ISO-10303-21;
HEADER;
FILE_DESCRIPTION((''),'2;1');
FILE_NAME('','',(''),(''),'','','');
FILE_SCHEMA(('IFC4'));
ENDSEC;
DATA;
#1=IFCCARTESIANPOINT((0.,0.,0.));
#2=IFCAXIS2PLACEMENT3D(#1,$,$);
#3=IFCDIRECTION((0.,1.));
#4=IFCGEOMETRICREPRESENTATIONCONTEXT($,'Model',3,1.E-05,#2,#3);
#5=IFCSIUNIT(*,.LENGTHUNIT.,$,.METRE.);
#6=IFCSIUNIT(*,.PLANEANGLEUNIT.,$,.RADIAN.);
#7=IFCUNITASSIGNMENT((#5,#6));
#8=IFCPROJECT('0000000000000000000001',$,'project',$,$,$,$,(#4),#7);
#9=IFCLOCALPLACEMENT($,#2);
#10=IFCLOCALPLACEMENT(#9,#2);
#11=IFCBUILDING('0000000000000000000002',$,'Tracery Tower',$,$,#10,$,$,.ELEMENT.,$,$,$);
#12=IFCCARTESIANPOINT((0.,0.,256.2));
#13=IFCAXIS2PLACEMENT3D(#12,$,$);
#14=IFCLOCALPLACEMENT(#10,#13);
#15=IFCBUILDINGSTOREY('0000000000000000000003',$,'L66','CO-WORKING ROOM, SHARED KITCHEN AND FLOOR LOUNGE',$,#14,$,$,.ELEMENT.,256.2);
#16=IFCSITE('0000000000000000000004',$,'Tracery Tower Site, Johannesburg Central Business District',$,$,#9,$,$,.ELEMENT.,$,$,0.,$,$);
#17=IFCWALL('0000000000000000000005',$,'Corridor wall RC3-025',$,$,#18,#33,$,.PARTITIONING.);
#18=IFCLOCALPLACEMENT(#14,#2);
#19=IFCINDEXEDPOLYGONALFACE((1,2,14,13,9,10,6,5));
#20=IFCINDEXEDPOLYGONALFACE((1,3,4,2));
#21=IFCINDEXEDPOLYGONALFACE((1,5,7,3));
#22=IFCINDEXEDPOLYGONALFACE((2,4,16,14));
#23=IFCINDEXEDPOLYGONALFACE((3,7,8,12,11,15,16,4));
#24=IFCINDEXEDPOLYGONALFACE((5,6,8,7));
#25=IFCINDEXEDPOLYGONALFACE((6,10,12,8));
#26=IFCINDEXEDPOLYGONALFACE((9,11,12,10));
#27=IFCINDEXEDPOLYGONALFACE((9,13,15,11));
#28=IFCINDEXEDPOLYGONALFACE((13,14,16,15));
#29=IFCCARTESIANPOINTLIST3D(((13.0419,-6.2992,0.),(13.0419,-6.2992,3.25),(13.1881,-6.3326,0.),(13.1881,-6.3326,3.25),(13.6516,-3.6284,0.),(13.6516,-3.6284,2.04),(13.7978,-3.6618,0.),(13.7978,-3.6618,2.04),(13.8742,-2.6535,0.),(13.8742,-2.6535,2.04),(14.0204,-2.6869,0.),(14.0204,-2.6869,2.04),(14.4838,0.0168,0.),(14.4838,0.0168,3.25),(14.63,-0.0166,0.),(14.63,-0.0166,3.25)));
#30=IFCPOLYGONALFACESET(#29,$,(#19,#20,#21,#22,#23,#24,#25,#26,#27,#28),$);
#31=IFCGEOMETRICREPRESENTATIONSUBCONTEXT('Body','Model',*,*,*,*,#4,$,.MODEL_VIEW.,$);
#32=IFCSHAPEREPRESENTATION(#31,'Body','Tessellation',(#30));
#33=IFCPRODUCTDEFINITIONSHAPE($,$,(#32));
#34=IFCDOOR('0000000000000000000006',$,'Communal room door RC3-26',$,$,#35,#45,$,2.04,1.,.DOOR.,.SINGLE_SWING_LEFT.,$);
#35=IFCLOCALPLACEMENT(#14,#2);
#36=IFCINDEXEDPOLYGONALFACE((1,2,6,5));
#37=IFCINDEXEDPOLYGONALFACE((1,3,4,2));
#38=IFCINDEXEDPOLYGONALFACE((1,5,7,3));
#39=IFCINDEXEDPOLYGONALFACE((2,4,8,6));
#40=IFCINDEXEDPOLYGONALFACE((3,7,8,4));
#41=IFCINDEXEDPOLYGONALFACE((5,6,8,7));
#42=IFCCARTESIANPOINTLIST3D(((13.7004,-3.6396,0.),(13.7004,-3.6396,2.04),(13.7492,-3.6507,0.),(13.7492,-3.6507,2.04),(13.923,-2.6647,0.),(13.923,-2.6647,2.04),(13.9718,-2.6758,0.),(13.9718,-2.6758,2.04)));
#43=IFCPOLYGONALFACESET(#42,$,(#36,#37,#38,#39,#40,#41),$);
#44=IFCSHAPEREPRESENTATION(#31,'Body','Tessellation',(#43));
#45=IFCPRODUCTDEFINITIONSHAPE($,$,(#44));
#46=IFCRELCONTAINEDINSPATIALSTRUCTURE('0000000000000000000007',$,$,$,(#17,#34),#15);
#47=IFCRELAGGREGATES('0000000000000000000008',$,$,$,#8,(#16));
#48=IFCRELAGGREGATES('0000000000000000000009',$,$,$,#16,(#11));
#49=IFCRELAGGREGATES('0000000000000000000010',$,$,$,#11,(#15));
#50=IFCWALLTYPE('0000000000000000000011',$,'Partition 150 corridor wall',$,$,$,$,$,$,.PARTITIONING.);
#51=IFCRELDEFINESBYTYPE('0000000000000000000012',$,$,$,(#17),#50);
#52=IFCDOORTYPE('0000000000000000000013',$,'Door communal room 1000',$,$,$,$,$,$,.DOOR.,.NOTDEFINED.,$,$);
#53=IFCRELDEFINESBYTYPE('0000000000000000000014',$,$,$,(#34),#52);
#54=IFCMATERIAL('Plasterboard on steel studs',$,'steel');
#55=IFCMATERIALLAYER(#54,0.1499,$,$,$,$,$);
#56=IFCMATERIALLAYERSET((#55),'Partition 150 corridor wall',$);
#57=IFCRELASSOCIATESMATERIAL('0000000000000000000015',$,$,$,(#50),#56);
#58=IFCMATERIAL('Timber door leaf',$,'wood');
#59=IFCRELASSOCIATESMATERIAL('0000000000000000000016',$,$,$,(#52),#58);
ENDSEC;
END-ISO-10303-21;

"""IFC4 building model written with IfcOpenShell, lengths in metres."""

from ifc_helpers import new_model, si_unit, direction, frame, frame_2d, origin, place, context, subcontext, project, spatial, rectangle, extrude, material, layer, layer_set, type_object, element, fill, save


model = new_model("IFC4")

# Units and contexts
model_context = context("Model", 3, precision=1e-05, world=origin(), true_north=direction((0.0, 1.0)))
body_context = subcontext(model_context, "Body", "Model", "MODEL_VIEW")
ifc_project = project(units=[si_unit("LENGTHUNIT", "METRE"), si_unit("PLANEANGLEUNIT", "RADIAN")], contexts=[model_context])

# Site, building, storey
site_placement = place(None, origin())
site = spatial("IfcSite", under=ifc_project, at=site_placement, Name="Tracery Tower Site, Johannesburg Central Business District", CompositionType="ELEMENT", RefElevation=0.0)
building_placement = place(site_placement, origin())
building = spatial("IfcBuilding", under=site, at=building_placement, Name="Tracery Tower", CompositionType="ELEMENT")
storey_placement = place(building_placement, frame((0.0, 0.0, 256.2)))
storey = spatial("IfcBuildingStorey", under=building, at=storey_placement, Name="L66", Description="CO-WORKING ROOM, SHARED KITCHEN AND FLOOR LOUNGE", CompositionType="ELEMENT", Elevation=256.2)

# Shared definitions
ifc_material_1 = material(Name="Plasterboard on steel studs", Category="steel")
ifc_layer_1 = layer(ifc_material_1, 0.1499)
ifc_layer_set_1 = layer_set([ifc_layer_1], Name="Partition 150 corridor wall")
wall_type_1 = type_object("IfcWallType", Name="Partition 150 corridor wall", PredefinedType="PARTITIONING", material=ifc_layer_set_1)

# Wall, opening, door
wall_1_placement = place(storey_placement, frame((13.115, -6.3159, 0.0), z_axis=(0.0, 0.0, 1.0), x_axis=(0.222569, 0.974917, 0.0)))
wall_1 = element("IfcWall", 1, at=wall_1_placement, inside=storey, type_object=wall_type_1, Name="Corridor wall RC3-025", PredefinedType="PARTITIONING", context=body_context, shape_type="SweptSolid", body=[
    extrude(rectangle(XDim=6.4785, YDim=0.1499, at=frame_2d((3.2393, 0.0))), origin(), (0.0, 0.0, 1.0), 3.25),
])
opening_1_placement = place(wall_1_placement, frame((2.7395, 0.0, 0.0)))
opening_1 = element("IfcOpeningElement", 2, at=opening_1_placement, cuts=wall_1, PredefinedType="OPENING", context=body_context, shape_type="SweptSolid", body=[
    extrude(rectangle(XDim=1.0, YDim=2.04, at=frame_2d((0.5, 1.02))), frame((0.0, 0.075, 0.0), z_axis=(0.0, -1.0, 0.0), x_axis=(1.0, 0.0, 0.0)), (0.0, 0.0, 1.0), 0.1499),
])
ifc_material_2 = material(Name="Timber door leaf", Category="wood")
door_type_1 = type_object("IfcDoorType", Name="Door communal room 1000", OperationType="NOTDEFINED", PredefinedType="DOOR", material=ifc_material_2)
door_1_placement = place(opening_1_placement, origin())
door_1 = element("IfcDoor", 3, at=door_1_placement, inside=storey, type_object=door_type_1, Name="Communal room door RC3-26", OperationType="SINGLE_SWING_LEFT", OverallHeight=2.04, OverallWidth=1.0, PredefinedType="DOOR", context=body_context, shape_type="SweptSolid", body=[
    extrude(rectangle(XDim=1.0, YDim=2.04, at=frame_2d((0.5, 1.02))), frame((0.0, 0.0249, 0.0), z_axis=(0.0, -1.0, 0.0), x_axis=(1.0, 0.0, 0.0)), (0.0, 0.0, 1.0), 0.05),
])
fill(opening_1, door_1)

save(model, "model.ifc")
